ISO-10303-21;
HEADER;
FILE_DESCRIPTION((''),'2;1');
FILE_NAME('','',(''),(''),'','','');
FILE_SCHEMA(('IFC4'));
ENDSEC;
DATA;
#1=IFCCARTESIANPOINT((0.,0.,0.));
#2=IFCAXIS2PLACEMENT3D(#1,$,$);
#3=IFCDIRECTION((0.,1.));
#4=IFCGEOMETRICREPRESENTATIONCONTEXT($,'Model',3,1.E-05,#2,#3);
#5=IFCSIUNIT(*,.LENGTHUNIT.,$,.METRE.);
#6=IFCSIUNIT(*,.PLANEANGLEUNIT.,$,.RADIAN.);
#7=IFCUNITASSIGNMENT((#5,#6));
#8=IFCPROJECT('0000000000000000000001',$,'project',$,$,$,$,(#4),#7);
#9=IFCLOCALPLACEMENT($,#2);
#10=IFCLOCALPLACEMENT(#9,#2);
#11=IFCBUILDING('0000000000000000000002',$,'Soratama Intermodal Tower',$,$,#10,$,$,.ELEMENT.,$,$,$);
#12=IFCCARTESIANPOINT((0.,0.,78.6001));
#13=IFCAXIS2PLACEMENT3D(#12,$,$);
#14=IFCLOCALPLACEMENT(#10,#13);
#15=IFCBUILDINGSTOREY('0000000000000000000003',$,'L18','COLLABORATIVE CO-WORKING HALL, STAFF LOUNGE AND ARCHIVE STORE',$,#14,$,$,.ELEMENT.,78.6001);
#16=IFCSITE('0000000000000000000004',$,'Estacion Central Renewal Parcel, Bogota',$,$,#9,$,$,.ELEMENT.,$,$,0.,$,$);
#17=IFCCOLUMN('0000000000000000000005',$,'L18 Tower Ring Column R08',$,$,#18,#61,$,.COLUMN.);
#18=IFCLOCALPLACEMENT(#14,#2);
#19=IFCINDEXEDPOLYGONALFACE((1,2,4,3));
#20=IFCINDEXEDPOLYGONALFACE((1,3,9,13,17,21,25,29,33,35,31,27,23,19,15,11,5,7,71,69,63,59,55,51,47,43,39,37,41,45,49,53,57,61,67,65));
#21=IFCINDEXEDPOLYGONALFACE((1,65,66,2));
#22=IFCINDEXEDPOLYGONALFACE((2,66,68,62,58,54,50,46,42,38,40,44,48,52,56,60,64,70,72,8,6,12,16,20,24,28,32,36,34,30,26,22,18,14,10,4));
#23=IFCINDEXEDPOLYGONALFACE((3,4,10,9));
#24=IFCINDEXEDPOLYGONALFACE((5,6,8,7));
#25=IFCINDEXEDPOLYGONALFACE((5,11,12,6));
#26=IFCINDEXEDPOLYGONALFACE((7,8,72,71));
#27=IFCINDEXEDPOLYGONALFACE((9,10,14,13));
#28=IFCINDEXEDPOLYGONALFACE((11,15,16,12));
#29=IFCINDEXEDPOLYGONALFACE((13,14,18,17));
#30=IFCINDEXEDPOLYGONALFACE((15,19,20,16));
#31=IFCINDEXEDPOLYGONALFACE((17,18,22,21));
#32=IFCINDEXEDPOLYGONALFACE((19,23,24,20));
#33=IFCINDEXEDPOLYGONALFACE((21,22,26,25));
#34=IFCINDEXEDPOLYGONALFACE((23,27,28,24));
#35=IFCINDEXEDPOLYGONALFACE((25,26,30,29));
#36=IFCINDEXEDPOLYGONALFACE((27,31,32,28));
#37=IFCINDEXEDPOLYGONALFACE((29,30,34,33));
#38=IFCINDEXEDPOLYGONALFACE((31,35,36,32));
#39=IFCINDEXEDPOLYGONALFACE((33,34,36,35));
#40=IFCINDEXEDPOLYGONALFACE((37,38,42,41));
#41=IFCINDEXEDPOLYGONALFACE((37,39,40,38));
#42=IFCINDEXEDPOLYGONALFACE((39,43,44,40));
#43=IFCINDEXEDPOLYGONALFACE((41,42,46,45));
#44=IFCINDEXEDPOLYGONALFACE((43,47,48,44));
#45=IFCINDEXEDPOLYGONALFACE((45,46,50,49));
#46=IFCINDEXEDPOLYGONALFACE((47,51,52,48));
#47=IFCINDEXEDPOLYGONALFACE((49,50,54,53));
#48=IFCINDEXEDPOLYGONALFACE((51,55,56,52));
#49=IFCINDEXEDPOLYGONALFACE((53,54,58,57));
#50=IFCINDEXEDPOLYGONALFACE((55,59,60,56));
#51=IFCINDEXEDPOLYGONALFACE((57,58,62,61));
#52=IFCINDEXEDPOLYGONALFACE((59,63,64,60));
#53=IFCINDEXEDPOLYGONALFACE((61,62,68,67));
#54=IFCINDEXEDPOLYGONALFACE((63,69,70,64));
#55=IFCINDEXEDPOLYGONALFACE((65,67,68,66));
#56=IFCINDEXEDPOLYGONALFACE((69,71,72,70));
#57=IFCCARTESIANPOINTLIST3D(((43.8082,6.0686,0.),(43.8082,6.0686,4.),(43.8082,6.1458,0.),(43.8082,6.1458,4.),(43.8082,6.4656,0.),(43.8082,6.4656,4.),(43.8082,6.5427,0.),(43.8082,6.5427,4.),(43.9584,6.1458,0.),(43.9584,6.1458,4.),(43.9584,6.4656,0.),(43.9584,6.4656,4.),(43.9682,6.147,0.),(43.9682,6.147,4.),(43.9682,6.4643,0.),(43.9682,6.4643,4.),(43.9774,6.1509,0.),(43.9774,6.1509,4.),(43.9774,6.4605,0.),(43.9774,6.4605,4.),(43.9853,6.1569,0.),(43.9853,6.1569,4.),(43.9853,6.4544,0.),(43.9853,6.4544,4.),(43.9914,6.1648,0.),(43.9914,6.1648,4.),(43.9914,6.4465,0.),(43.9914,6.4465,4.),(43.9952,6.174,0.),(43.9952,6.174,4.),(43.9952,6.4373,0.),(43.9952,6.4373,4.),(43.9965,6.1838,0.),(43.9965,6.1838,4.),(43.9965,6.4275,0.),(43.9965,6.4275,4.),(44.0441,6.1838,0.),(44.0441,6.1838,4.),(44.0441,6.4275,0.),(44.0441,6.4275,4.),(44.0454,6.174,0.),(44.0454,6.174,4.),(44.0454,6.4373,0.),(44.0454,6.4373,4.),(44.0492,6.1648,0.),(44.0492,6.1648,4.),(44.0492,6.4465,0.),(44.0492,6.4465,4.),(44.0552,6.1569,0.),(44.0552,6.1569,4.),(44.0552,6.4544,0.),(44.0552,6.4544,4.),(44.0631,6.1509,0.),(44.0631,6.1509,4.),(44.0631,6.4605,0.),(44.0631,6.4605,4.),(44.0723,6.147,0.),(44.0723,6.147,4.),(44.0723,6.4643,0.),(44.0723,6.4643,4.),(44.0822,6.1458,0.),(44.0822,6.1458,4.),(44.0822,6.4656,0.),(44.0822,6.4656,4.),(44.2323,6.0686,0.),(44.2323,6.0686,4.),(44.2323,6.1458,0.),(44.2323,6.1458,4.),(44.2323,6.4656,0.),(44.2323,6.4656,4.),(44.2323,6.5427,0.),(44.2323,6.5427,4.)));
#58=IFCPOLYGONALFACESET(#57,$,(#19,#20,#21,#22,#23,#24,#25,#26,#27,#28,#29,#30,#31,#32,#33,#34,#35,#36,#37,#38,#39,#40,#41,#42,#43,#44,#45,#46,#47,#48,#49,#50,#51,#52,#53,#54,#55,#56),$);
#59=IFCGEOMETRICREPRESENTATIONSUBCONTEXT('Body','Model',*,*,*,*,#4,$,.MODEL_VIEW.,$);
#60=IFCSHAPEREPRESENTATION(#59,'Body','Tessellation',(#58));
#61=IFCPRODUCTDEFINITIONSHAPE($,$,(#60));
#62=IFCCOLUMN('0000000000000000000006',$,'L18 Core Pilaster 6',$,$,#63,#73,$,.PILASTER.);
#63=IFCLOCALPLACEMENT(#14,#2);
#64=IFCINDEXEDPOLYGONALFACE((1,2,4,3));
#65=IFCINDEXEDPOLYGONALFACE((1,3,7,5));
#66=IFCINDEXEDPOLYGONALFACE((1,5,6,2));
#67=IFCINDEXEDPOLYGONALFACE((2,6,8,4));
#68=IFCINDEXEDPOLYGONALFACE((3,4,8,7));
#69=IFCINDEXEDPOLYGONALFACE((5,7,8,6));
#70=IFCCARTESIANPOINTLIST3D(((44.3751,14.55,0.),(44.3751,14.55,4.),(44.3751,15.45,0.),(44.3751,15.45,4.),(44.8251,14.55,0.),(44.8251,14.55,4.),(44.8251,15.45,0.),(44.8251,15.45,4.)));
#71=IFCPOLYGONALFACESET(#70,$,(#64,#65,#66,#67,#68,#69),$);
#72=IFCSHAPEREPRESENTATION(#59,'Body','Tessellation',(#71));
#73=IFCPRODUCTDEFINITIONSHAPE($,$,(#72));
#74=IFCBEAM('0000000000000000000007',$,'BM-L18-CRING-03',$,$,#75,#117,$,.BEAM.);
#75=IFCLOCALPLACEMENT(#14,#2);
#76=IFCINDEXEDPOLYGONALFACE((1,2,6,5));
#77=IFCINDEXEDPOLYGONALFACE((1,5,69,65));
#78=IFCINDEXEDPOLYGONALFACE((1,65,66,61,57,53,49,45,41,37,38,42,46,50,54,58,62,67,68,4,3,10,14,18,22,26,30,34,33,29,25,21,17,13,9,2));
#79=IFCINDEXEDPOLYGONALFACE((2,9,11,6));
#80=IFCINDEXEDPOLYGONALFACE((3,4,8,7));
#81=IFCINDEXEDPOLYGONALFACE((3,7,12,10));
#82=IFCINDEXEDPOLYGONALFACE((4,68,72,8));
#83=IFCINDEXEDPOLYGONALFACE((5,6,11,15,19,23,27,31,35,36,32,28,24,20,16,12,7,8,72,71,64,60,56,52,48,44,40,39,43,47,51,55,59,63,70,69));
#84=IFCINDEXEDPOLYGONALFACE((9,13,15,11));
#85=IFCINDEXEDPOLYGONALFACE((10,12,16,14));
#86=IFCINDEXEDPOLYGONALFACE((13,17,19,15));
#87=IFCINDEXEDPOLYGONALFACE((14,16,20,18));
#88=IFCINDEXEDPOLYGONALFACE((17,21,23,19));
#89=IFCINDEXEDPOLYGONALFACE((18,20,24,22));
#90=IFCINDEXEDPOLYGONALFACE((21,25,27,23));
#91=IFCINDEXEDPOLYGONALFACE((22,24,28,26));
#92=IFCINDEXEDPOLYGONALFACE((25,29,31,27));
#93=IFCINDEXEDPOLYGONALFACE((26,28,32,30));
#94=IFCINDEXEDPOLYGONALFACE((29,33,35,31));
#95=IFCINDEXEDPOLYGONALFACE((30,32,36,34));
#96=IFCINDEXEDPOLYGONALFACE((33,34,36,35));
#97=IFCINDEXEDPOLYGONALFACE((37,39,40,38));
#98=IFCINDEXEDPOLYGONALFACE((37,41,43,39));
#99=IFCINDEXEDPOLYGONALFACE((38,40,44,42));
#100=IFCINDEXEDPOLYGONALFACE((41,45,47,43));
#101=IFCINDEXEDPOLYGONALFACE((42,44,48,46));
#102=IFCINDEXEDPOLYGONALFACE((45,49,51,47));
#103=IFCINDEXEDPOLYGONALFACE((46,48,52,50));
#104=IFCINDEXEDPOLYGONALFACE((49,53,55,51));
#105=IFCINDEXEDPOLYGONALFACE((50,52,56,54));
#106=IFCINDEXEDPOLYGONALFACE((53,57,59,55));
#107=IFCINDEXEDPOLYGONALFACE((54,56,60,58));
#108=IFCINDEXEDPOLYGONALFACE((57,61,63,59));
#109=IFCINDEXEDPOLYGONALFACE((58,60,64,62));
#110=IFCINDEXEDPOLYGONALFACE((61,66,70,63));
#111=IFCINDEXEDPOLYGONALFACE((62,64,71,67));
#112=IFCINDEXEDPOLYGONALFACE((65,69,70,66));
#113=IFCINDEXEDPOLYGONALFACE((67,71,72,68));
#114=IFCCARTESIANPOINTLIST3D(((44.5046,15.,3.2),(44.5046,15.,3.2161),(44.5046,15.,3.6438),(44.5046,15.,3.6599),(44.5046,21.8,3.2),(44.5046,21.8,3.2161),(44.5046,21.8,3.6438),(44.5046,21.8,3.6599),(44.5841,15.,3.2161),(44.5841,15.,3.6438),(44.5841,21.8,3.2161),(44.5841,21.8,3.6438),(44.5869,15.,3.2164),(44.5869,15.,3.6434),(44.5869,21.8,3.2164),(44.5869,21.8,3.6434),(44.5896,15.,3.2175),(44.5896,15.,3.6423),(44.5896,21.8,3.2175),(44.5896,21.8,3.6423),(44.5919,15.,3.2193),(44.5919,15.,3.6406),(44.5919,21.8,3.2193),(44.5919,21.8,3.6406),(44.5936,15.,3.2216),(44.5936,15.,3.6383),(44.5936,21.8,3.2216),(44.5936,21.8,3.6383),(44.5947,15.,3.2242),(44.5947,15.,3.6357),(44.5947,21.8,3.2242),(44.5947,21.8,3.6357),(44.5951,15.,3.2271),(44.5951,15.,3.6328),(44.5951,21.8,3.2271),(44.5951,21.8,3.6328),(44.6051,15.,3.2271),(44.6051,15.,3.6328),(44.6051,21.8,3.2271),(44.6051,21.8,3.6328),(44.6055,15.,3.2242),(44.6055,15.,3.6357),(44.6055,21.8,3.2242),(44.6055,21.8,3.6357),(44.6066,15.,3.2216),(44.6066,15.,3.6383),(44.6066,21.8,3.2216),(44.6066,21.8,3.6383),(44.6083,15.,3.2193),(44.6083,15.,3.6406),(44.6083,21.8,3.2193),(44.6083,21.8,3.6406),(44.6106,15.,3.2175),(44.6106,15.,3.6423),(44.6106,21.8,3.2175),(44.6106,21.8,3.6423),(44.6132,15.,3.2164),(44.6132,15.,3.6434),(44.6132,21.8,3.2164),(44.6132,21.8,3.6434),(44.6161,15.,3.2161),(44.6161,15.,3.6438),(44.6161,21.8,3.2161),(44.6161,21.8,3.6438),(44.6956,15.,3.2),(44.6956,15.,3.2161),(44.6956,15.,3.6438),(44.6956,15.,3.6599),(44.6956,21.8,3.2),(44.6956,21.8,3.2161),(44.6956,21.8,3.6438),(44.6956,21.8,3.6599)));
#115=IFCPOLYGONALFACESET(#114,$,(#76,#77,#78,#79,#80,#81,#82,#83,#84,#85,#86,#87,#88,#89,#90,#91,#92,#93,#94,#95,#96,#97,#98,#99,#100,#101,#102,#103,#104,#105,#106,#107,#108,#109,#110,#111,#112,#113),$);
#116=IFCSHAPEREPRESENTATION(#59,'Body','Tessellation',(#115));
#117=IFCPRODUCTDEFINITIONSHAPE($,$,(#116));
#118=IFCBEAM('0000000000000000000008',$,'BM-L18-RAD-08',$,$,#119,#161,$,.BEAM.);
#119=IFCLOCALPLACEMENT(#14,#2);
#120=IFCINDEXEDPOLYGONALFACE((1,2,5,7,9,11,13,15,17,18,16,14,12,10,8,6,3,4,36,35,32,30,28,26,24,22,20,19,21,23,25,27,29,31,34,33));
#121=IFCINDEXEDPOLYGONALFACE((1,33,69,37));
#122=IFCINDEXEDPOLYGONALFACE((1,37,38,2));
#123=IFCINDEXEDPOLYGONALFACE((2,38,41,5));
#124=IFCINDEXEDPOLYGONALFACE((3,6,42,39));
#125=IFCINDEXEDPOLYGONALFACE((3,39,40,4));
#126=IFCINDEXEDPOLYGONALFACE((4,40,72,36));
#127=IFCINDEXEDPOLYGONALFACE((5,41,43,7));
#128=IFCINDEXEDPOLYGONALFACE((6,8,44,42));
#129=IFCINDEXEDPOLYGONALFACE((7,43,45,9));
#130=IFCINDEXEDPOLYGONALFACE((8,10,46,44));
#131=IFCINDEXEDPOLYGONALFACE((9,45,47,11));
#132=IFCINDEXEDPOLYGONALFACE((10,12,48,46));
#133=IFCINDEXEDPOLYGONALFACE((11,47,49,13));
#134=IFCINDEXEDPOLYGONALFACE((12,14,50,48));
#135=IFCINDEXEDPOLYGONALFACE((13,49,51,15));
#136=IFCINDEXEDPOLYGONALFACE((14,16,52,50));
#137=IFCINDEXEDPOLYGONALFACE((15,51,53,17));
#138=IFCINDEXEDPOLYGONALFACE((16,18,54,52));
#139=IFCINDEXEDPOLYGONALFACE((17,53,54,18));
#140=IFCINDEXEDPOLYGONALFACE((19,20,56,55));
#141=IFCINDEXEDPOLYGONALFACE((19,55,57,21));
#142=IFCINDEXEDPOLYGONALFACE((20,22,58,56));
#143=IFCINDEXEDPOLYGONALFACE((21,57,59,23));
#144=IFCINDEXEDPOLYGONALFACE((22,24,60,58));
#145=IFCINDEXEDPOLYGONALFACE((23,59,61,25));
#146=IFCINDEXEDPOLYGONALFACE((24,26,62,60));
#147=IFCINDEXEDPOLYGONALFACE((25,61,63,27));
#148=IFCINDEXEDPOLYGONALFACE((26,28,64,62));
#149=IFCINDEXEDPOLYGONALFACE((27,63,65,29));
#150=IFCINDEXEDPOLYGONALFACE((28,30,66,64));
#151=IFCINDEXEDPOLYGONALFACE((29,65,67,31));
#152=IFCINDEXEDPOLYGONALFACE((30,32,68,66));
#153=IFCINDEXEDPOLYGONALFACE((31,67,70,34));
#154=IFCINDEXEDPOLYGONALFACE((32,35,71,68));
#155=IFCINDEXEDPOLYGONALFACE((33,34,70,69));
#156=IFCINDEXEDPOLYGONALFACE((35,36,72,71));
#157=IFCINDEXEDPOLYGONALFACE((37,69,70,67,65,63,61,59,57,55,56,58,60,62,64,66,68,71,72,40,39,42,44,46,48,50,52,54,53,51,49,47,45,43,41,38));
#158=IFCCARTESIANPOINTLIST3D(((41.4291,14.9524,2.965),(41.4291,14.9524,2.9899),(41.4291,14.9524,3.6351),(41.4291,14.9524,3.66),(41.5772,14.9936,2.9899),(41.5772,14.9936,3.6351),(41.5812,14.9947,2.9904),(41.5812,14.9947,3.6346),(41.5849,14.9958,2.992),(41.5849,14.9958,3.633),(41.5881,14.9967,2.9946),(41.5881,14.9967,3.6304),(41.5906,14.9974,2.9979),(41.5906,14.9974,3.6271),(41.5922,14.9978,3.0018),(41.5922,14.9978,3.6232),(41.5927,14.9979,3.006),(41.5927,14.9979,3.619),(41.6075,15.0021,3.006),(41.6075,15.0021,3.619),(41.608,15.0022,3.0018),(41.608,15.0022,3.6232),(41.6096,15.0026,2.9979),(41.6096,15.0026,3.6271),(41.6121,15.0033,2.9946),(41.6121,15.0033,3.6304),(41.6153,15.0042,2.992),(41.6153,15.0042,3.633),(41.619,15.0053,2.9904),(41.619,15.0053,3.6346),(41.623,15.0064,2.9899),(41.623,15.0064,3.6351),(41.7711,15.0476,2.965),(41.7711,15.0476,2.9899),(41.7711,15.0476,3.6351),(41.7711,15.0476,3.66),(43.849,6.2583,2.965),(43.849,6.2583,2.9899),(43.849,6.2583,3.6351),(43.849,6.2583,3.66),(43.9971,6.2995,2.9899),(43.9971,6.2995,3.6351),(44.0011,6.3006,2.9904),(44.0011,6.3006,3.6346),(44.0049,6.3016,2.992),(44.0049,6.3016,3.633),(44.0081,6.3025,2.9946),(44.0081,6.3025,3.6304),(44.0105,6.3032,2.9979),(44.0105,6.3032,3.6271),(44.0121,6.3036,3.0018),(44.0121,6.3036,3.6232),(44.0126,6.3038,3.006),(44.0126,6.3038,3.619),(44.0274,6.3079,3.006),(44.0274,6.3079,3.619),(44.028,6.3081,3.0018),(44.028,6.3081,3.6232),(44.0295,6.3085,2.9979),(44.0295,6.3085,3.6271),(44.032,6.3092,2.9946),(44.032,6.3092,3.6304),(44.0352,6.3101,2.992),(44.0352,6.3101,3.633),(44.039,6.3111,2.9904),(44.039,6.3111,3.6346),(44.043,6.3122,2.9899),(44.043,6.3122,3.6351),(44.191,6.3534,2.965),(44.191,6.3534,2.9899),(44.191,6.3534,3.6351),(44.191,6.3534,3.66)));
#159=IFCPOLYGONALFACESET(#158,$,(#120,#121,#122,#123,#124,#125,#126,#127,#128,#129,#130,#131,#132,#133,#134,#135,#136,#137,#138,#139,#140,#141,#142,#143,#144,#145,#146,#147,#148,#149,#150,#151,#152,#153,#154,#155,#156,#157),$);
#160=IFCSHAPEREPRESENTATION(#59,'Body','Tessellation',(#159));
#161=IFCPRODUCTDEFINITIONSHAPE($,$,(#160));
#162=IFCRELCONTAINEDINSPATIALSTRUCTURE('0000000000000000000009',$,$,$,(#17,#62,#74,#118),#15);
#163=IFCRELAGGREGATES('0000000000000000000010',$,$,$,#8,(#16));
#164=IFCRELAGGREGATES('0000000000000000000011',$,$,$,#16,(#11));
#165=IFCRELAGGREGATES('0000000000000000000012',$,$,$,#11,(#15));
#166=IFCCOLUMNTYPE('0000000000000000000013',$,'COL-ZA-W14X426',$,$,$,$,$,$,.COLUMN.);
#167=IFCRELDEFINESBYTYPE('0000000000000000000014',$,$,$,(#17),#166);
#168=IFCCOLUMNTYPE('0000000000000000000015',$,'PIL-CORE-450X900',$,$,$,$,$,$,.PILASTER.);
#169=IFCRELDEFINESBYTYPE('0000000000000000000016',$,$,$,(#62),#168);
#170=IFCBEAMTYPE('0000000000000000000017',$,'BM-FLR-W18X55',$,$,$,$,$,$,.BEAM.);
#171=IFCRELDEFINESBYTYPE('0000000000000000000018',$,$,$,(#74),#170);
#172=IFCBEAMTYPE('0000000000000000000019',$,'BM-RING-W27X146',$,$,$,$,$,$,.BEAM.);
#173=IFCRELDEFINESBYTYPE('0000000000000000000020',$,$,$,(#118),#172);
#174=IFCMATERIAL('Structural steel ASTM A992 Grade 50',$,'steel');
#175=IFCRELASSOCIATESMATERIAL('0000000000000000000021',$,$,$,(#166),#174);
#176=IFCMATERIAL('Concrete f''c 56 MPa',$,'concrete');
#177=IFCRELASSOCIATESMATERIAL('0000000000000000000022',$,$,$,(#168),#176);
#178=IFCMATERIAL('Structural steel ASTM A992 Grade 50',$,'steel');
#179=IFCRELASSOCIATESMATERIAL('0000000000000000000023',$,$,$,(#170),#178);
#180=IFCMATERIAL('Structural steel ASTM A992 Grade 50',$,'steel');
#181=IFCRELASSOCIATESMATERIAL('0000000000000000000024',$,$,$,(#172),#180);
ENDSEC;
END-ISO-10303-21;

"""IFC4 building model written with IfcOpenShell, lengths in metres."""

from ifc_helpers import new_model, si_unit, direction, frame, origin, origin_2d, place, context, subcontext, project, spatial, rectangle, i_section, extrude, material, material_profile, profile_set, type_object, element, save


model = new_model("IFC4")

# Units and contexts
model_context = context("Model", 3, precision=1e-05, world=origin(), true_north=direction((0.0, 1.0)))
body_context = subcontext(model_context, "Body", "Model", "MODEL_VIEW")
ifc_project = project(units=[si_unit("LENGTHUNIT", "METRE"), si_unit("PLANEANGLEUNIT", "RADIAN")], contexts=[model_context])

# Site, building, storey
site_placement = place(None, origin())
site = spatial("IfcSite", under=ifc_project, at=site_placement, Name="Estacion Central Renewal Parcel, Bogota", CompositionType="ELEMENT", RefElevation=0.0)
building_placement = place(site_placement, origin())
building = spatial("IfcBuilding", under=site, at=building_placement, Name="Soratama Intermodal Tower", CompositionType="ELEMENT")
storey_placement = place(building_placement, frame((0.0, 0.0, 78.6001)))
storey = spatial("IfcBuildingStorey", under=building, at=storey_placement, Name="L18", Description="COLLABORATIVE CO-WORKING HALL, STAFF LOUNGE AND ARCHIVE STORE", CompositionType="ELEMENT", Elevation=78.6001)

# Columns
ifc_material_1 = material(Name="Structural steel ASTM A992 Grade 50", Category="steel")
ifc_material_profile_1 = material_profile(ifc_material_1, i_section(OverallWidth=0.4241, OverallDepth=0.4741, WebThickness=0.0476, FlangeThickness=0.0771, FilletRadius=0.0381, at=origin_2d()), Name="W14X426")
ifc_profile_set_1 = profile_set([ifc_material_profile_1], Name="Structural steel ASTM A992 Grade 50")
column_type_1 = type_object("IfcColumnType", Name="COL-ZA-W14X426", PredefinedType="COLUMN", material=ifc_profile_set_1)
column_1_placement = place(storey_placement, frame((44.0203, 6.3057, 0.0), z_axis=(0.0, 0.0, 1.0), x_axis=(1.0, 0.0, 0.0)))
element("IfcColumn", 1, at=column_1_placement, inside=storey, type_object=column_type_1, Name="L18 Tower Ring Column R08", PredefinedType="COLUMN", context=body_context, shape_type="SweptSolid", body=[
    extrude(i_section(OverallWidth=0.4241, OverallDepth=0.4741, WebThickness=0.0476, FlangeThickness=0.0771, FilletRadius=0.0381, at=origin_2d()), origin(), (0.0, 0.0, 1.0), 4.0),
])
ifc_material_2 = material(Name="Concrete f'c 56 MPa", Category="concrete")
ifc_material_profile_2 = material_profile(ifc_material_2, rectangle(XDim=0.45, YDim=0.8999, at=origin_2d()), Name="RC450X900")
ifc_profile_set_2 = profile_set([ifc_material_profile_2], Name="Concrete f'c 56 MPa")
column_type_2 = type_object("IfcColumnType", Name="PIL-CORE-450X900", PredefinedType="PILASTER", material=ifc_profile_set_2)
column_2_placement = place(storey_placement, frame((44.6001, 15.0, 0.0), z_axis=(0.0, 0.0, 1.0), x_axis=(1.0, 0.0, 0.0)))
element("IfcColumn", 2, at=column_2_placement, inside=storey, type_object=column_type_2, Name="L18 Core Pilaster 6", PredefinedType="PILASTER", context=body_context, shape_type="SweptSolid", body=[
    extrude(rectangle(XDim=0.45, YDim=0.8999, at=origin_2d()), origin(), (0.0, 0.0, 1.0), 4.0),
])

# Beams
ifc_material_3 = material(Name="Structural steel ASTM A992 Grade 50", Category="steel")
ifc_material_profile_3 = material_profile(ifc_material_3, i_section(OverallWidth=0.1909, OverallDepth=0.46, WebThickness=0.01, FlangeThickness=0.0161, FilletRadius=0.011, at=origin_2d()), Name="W18X55")
ifc_profile_set_3 = profile_set([ifc_material_profile_3], Name="Structural steel ASTM A992 Grade 50")
beam_type_1 = type_object("IfcBeamType", Name="BM-FLR-W18X55", PredefinedType="BEAM", material=ifc_profile_set_3)
beam_1_placement = place(storey_placement, frame((44.6001, 15.0, 3.4299), z_axis=(0.0, 1.0, 0.0), x_axis=(-1.0, 0.0, 0.0)))
element("IfcBeam", 3, at=beam_1_placement, inside=storey, type_object=beam_type_1, Name="BM-L18-CRING-03", PredefinedType="BEAM", context=body_context, shape_type="SweptSolid", body=[
    extrude(i_section(OverallWidth=0.1909, OverallDepth=0.46, WebThickness=0.01, FlangeThickness=0.0161, FilletRadius=0.011, at=origin_2d()), origin(), (0.0, 0.0, 1.0), 6.8),
])
ifc_material_4 = material(Name="Structural steel ASTM A992 Grade 50", Category="steel")
ifc_material_profile_4 = material_profile(ifc_material_4, i_section(OverallWidth=0.355, OverallDepth=0.6951, WebThickness=0.0154, FlangeThickness=0.0249, FilletRadius=0.0161, at=origin_2d()), Name="W27X146")
ifc_profile_set_4 = profile_set([ifc_material_profile_4], Name="Structural steel ASTM A992 Grade 50")
beam_type_2 = type_object("IfcBeamType", Name="BM-RING-W27X146", PredefinedType="BEAM", material=ifc_profile_set_4)
beam_2_placement = place(storey_placement, frame((41.6001, 15.0, 3.3125), z_axis=(0.268148, -0.963378, 0.0), x_axis=(0.963378, 0.268148, 0.0)))
element("IfcBeam", 4, at=beam_2_placement, inside=storey, type_object=beam_type_2, Name="BM-L18-RAD-08", PredefinedType="BEAM", context=body_context, shape_type="SweptSolid", body=[
    extrude(i_section(OverallWidth=0.355, OverallDepth=0.6951, WebThickness=0.0154, FlangeThickness=0.0249, FilletRadius=0.0161, at=origin_2d()), origin(), (0.0, 0.0, 1.0), 9.0247),
])

save(model, "model.ifc")
